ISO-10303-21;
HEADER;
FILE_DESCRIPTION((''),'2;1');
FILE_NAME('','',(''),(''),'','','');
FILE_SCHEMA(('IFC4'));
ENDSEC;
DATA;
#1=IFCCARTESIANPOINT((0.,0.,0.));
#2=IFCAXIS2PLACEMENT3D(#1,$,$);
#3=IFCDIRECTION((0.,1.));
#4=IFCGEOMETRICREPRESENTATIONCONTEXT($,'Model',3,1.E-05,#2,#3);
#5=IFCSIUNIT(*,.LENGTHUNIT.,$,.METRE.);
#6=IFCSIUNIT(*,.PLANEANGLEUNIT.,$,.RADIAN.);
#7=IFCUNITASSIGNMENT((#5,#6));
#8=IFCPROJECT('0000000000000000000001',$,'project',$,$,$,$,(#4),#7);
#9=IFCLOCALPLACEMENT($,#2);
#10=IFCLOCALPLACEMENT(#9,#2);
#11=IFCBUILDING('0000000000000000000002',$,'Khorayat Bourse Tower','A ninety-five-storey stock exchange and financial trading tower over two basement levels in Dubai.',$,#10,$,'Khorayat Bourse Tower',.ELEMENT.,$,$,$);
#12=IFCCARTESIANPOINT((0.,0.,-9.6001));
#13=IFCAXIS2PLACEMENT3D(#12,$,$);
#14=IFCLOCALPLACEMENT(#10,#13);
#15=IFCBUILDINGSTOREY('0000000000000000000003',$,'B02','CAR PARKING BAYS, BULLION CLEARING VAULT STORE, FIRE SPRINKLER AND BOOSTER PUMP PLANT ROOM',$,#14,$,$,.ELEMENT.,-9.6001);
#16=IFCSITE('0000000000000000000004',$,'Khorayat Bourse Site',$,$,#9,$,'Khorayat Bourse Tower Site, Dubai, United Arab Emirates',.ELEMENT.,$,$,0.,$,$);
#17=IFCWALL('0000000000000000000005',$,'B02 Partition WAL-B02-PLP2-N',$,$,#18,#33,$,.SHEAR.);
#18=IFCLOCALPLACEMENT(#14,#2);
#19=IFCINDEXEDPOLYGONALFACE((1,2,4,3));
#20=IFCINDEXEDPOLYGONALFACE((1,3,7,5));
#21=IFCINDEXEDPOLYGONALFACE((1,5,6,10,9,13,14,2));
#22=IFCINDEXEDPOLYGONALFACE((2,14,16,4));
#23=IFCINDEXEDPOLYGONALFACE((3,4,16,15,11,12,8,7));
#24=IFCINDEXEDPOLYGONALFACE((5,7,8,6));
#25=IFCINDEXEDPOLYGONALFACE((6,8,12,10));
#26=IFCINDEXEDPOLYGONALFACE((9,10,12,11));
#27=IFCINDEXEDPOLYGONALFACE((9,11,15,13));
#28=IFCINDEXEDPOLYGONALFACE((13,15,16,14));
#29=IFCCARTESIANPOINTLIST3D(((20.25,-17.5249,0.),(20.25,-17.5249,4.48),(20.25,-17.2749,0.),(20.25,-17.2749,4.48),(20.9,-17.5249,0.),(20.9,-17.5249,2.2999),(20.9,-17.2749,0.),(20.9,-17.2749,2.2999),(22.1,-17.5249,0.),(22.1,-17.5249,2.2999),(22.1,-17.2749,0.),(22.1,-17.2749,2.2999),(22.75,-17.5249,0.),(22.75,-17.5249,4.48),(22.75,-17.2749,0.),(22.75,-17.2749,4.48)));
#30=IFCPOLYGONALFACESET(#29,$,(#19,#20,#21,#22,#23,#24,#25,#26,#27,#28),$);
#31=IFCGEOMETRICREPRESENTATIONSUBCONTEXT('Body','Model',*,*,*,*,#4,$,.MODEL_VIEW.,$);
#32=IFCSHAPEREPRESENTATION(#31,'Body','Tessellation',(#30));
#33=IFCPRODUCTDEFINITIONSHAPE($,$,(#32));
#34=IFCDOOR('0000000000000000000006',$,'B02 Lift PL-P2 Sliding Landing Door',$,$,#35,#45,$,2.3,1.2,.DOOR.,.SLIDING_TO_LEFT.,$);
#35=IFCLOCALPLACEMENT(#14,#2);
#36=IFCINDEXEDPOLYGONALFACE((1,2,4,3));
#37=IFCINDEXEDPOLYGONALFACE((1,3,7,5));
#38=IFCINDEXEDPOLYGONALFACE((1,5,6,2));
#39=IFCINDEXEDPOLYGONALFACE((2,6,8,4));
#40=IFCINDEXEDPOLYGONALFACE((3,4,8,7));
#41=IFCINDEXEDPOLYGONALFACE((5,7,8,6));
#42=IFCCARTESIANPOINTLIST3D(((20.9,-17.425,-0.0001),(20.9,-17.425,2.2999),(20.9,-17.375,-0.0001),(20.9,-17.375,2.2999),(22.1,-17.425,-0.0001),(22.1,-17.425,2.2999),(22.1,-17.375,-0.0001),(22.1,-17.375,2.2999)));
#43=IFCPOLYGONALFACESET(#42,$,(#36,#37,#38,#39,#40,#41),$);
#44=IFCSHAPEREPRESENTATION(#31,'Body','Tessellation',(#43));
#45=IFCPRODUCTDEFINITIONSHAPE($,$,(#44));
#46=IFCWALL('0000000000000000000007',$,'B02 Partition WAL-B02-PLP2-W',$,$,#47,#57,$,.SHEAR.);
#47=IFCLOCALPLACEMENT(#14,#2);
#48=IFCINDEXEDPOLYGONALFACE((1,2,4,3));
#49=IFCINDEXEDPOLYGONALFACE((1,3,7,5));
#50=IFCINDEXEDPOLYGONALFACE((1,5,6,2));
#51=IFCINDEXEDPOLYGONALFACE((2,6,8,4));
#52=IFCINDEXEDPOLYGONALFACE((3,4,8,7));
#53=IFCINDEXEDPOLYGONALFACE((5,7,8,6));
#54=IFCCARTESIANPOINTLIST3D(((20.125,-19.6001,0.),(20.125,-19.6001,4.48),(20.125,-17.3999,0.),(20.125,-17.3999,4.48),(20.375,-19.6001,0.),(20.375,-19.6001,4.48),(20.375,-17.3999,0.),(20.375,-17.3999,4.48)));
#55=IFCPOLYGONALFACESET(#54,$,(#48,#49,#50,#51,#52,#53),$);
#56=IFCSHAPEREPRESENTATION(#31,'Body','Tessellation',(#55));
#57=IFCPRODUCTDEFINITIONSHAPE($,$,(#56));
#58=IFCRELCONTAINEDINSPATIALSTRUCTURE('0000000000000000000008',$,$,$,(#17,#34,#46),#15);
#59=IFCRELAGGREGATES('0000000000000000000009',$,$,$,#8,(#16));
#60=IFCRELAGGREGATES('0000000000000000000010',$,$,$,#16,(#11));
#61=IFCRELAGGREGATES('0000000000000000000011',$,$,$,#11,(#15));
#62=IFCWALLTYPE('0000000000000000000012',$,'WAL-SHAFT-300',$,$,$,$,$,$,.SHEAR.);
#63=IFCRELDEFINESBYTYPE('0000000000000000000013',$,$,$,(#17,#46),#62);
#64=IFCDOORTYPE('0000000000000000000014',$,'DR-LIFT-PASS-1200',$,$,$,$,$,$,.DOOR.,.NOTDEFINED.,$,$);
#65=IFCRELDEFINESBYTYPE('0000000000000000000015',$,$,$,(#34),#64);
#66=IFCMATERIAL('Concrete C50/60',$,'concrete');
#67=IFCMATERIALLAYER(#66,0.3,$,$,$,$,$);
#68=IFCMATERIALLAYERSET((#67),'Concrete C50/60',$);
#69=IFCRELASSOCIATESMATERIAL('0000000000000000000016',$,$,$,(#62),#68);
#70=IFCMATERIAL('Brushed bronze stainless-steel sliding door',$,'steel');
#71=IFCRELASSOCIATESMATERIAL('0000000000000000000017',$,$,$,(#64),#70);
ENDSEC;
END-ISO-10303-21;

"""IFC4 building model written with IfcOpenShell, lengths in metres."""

from ifc_helpers import new_model, si_unit, direction, frame, frame_2d, origin, place, context, subcontext, project, spatial, rectangle, extrude, source, transform, mapped, material, layer, layer_set, type_object, element, fill, save


model = new_model("IFC4")

# Units and contexts
model_context = context("Model", 3, precision=1e-05, world=origin(), true_north=direction((0.0, 1.0)))
body_context = subcontext(model_context, "Body", "Model", "MODEL_VIEW")
ifc_project = project(units=[si_unit("LENGTHUNIT", "METRE"), si_unit("PLANEANGLEUNIT", "RADIAN")], contexts=[model_context])

# Site, building, storey
site_placement = place(None, origin())
site = spatial("IfcSite", under=ifc_project, at=site_placement, Name="Khorayat Bourse Site", LongName="Khorayat Bourse Tower Site, Dubai, United Arab Emirates", CompositionType="ELEMENT", RefElevation=0.0)
building_placement = place(site_placement, origin())
building = spatial("IfcBuilding", under=site, at=building_placement, Name="Khorayat Bourse Tower", Description="A ninety-five-storey stock exchange and financial trading tower over two basement levels in Dubai.", LongName="Khorayat Bourse Tower", CompositionType="ELEMENT")
storey_placement = place(building_placement, frame((0.0, 0.0, -9.6001)))
storey = spatial("IfcBuildingStorey", under=building, at=storey_placement, Name="B02", Description="CAR PARKING BAYS, BULLION CLEARING VAULT STORE, FIRE SPRINKLER AND BOOSTER PUMP PLANT ROOM", CompositionType="ELEMENT", Elevation=-9.6001)

# Shared definitions
ifc_material_1 = material(Name="Concrete C50/60", Category="concrete")

# Shared definitions
ifc_layer_1 = layer(ifc_material_1, 0.3)
ifc_layer_set_1 = layer_set([ifc_layer_1], Name="Concrete C50/60")
wall_type_1 = type_object("IfcWallType", Name="WAL-SHAFT-300", PredefinedType="SHEAR", material=ifc_layer_set_1)
shared_shape_1 = source(origin(), body_context, "Body", "SweptSolid", [
    extrude(rectangle(XDim=2.5, YDim=0.25, at=frame_2d((1.25, 0.0))), origin(), (0.0, 0.0, 1.0), 4.48),
])

# Wall, opening, door
wall_1_placement = place(storey_placement, frame((20.25, -17.3999, 0.0), z_axis=(0.0, 0.0, 1.0), x_axis=(1.0, 0.0, 0.0)))
wall_1 = element("IfcWall", 1, at=wall_1_placement, inside=storey, type_object=wall_type_1, Name="B02 Partition WAL-B02-PLP2-N", PredefinedType="SHEAR", context=body_context, shape_type="MappedRepresentation", body=[
    mapped(shared_shape_1, transform((0.0, 0.0, 0.0), scale=1.0)),
])
shared_shape_2 = source(origin(), body_context, "Body", "SweptSolid", [
    extrude(rectangle(XDim=1.2, YDim=2.3, at=frame_2d((0.6001, 1.1499))), frame((0.0, 0.135, 0.0), z_axis=(0.0, -1.0, 0.0), x_axis=(1.0, 0.0, 0.0)), (0.0, 0.0, 1.0), 0.27),
])
opening_1_placement = place(wall_1_placement, frame((0.6499, 0.0, 0.0)))
opening_1 = element("IfcOpeningElement", 2, at=opening_1_placement, cuts=wall_1, PredefinedType="OPENING", context=body_context, shape_type="MappedRepresentation", body=[
    mapped(shared_shape_2, transform((0.0, 0.0, 0.0), scale=1.0)),
])
ifc_material_2 = material(Name="Brushed bronze stainless-steel sliding door", Category="steel")
door_type_1 = type_object("IfcDoorType", Name="DR-LIFT-PASS-1200", OperationType="NOTDEFINED", PredefinedType="DOOR", material=ifc_material_2)
shared_shape_3 = source(origin(), body_context, "Body", "SweptSolid", [
    extrude(rectangle(XDim=1.2, YDim=2.3, at=frame_2d((0.6001, 1.1499))), frame((0.0, 0.0249, 0.0), z_axis=(0.0, -1.0, 0.0), x_axis=(1.0, 0.0, 0.0)), (0.0, 0.0, 1.0), 0.05),
])
door_1_placement = place(opening_1_placement, origin())
door_1 = element("IfcDoor", 3, at=door_1_placement, inside=storey, type_object=door_type_1, Name="B02 Lift PL-P2 Sliding Landing Door", OperationType="SLIDING_TO_LEFT", OverallHeight=2.3, OverallWidth=1.2, PredefinedType="DOOR", context=body_context, shape_type="MappedRepresentation", body=[
    mapped(shared_shape_3, transform((0.0, 0.0, 0.0), scale=1.0)),
])
fill(opening_1, door_1)

# Wall
shared_shape_4 = source(origin(), body_context, "Body", "SweptSolid", [
    extrude(rectangle(XDim=2.2002, YDim=0.25, at=frame_2d((1.1001, 0.0))), origin(), (0.0, 0.0, 1.0), 4.48),
])
wall_2_placement = place(storey_placement, frame((20.25, -19.6001, 0.0), z_axis=(0.0, 0.0, 1.0), x_axis=(0.0, 1.0, 0.0)))
element("IfcWall", 4, at=wall_2_placement, inside=storey, type_object=wall_type_1, Name="B02 Partition WAL-B02-PLP2-W", PredefinedType="SHEAR", context=body_context, shape_type="MappedRepresentation", body=[
    mapped(shared_shape_4, transform((0.0, 0.0, 0.0), scale=1.0)),
])

save(model, "model.ifc")
